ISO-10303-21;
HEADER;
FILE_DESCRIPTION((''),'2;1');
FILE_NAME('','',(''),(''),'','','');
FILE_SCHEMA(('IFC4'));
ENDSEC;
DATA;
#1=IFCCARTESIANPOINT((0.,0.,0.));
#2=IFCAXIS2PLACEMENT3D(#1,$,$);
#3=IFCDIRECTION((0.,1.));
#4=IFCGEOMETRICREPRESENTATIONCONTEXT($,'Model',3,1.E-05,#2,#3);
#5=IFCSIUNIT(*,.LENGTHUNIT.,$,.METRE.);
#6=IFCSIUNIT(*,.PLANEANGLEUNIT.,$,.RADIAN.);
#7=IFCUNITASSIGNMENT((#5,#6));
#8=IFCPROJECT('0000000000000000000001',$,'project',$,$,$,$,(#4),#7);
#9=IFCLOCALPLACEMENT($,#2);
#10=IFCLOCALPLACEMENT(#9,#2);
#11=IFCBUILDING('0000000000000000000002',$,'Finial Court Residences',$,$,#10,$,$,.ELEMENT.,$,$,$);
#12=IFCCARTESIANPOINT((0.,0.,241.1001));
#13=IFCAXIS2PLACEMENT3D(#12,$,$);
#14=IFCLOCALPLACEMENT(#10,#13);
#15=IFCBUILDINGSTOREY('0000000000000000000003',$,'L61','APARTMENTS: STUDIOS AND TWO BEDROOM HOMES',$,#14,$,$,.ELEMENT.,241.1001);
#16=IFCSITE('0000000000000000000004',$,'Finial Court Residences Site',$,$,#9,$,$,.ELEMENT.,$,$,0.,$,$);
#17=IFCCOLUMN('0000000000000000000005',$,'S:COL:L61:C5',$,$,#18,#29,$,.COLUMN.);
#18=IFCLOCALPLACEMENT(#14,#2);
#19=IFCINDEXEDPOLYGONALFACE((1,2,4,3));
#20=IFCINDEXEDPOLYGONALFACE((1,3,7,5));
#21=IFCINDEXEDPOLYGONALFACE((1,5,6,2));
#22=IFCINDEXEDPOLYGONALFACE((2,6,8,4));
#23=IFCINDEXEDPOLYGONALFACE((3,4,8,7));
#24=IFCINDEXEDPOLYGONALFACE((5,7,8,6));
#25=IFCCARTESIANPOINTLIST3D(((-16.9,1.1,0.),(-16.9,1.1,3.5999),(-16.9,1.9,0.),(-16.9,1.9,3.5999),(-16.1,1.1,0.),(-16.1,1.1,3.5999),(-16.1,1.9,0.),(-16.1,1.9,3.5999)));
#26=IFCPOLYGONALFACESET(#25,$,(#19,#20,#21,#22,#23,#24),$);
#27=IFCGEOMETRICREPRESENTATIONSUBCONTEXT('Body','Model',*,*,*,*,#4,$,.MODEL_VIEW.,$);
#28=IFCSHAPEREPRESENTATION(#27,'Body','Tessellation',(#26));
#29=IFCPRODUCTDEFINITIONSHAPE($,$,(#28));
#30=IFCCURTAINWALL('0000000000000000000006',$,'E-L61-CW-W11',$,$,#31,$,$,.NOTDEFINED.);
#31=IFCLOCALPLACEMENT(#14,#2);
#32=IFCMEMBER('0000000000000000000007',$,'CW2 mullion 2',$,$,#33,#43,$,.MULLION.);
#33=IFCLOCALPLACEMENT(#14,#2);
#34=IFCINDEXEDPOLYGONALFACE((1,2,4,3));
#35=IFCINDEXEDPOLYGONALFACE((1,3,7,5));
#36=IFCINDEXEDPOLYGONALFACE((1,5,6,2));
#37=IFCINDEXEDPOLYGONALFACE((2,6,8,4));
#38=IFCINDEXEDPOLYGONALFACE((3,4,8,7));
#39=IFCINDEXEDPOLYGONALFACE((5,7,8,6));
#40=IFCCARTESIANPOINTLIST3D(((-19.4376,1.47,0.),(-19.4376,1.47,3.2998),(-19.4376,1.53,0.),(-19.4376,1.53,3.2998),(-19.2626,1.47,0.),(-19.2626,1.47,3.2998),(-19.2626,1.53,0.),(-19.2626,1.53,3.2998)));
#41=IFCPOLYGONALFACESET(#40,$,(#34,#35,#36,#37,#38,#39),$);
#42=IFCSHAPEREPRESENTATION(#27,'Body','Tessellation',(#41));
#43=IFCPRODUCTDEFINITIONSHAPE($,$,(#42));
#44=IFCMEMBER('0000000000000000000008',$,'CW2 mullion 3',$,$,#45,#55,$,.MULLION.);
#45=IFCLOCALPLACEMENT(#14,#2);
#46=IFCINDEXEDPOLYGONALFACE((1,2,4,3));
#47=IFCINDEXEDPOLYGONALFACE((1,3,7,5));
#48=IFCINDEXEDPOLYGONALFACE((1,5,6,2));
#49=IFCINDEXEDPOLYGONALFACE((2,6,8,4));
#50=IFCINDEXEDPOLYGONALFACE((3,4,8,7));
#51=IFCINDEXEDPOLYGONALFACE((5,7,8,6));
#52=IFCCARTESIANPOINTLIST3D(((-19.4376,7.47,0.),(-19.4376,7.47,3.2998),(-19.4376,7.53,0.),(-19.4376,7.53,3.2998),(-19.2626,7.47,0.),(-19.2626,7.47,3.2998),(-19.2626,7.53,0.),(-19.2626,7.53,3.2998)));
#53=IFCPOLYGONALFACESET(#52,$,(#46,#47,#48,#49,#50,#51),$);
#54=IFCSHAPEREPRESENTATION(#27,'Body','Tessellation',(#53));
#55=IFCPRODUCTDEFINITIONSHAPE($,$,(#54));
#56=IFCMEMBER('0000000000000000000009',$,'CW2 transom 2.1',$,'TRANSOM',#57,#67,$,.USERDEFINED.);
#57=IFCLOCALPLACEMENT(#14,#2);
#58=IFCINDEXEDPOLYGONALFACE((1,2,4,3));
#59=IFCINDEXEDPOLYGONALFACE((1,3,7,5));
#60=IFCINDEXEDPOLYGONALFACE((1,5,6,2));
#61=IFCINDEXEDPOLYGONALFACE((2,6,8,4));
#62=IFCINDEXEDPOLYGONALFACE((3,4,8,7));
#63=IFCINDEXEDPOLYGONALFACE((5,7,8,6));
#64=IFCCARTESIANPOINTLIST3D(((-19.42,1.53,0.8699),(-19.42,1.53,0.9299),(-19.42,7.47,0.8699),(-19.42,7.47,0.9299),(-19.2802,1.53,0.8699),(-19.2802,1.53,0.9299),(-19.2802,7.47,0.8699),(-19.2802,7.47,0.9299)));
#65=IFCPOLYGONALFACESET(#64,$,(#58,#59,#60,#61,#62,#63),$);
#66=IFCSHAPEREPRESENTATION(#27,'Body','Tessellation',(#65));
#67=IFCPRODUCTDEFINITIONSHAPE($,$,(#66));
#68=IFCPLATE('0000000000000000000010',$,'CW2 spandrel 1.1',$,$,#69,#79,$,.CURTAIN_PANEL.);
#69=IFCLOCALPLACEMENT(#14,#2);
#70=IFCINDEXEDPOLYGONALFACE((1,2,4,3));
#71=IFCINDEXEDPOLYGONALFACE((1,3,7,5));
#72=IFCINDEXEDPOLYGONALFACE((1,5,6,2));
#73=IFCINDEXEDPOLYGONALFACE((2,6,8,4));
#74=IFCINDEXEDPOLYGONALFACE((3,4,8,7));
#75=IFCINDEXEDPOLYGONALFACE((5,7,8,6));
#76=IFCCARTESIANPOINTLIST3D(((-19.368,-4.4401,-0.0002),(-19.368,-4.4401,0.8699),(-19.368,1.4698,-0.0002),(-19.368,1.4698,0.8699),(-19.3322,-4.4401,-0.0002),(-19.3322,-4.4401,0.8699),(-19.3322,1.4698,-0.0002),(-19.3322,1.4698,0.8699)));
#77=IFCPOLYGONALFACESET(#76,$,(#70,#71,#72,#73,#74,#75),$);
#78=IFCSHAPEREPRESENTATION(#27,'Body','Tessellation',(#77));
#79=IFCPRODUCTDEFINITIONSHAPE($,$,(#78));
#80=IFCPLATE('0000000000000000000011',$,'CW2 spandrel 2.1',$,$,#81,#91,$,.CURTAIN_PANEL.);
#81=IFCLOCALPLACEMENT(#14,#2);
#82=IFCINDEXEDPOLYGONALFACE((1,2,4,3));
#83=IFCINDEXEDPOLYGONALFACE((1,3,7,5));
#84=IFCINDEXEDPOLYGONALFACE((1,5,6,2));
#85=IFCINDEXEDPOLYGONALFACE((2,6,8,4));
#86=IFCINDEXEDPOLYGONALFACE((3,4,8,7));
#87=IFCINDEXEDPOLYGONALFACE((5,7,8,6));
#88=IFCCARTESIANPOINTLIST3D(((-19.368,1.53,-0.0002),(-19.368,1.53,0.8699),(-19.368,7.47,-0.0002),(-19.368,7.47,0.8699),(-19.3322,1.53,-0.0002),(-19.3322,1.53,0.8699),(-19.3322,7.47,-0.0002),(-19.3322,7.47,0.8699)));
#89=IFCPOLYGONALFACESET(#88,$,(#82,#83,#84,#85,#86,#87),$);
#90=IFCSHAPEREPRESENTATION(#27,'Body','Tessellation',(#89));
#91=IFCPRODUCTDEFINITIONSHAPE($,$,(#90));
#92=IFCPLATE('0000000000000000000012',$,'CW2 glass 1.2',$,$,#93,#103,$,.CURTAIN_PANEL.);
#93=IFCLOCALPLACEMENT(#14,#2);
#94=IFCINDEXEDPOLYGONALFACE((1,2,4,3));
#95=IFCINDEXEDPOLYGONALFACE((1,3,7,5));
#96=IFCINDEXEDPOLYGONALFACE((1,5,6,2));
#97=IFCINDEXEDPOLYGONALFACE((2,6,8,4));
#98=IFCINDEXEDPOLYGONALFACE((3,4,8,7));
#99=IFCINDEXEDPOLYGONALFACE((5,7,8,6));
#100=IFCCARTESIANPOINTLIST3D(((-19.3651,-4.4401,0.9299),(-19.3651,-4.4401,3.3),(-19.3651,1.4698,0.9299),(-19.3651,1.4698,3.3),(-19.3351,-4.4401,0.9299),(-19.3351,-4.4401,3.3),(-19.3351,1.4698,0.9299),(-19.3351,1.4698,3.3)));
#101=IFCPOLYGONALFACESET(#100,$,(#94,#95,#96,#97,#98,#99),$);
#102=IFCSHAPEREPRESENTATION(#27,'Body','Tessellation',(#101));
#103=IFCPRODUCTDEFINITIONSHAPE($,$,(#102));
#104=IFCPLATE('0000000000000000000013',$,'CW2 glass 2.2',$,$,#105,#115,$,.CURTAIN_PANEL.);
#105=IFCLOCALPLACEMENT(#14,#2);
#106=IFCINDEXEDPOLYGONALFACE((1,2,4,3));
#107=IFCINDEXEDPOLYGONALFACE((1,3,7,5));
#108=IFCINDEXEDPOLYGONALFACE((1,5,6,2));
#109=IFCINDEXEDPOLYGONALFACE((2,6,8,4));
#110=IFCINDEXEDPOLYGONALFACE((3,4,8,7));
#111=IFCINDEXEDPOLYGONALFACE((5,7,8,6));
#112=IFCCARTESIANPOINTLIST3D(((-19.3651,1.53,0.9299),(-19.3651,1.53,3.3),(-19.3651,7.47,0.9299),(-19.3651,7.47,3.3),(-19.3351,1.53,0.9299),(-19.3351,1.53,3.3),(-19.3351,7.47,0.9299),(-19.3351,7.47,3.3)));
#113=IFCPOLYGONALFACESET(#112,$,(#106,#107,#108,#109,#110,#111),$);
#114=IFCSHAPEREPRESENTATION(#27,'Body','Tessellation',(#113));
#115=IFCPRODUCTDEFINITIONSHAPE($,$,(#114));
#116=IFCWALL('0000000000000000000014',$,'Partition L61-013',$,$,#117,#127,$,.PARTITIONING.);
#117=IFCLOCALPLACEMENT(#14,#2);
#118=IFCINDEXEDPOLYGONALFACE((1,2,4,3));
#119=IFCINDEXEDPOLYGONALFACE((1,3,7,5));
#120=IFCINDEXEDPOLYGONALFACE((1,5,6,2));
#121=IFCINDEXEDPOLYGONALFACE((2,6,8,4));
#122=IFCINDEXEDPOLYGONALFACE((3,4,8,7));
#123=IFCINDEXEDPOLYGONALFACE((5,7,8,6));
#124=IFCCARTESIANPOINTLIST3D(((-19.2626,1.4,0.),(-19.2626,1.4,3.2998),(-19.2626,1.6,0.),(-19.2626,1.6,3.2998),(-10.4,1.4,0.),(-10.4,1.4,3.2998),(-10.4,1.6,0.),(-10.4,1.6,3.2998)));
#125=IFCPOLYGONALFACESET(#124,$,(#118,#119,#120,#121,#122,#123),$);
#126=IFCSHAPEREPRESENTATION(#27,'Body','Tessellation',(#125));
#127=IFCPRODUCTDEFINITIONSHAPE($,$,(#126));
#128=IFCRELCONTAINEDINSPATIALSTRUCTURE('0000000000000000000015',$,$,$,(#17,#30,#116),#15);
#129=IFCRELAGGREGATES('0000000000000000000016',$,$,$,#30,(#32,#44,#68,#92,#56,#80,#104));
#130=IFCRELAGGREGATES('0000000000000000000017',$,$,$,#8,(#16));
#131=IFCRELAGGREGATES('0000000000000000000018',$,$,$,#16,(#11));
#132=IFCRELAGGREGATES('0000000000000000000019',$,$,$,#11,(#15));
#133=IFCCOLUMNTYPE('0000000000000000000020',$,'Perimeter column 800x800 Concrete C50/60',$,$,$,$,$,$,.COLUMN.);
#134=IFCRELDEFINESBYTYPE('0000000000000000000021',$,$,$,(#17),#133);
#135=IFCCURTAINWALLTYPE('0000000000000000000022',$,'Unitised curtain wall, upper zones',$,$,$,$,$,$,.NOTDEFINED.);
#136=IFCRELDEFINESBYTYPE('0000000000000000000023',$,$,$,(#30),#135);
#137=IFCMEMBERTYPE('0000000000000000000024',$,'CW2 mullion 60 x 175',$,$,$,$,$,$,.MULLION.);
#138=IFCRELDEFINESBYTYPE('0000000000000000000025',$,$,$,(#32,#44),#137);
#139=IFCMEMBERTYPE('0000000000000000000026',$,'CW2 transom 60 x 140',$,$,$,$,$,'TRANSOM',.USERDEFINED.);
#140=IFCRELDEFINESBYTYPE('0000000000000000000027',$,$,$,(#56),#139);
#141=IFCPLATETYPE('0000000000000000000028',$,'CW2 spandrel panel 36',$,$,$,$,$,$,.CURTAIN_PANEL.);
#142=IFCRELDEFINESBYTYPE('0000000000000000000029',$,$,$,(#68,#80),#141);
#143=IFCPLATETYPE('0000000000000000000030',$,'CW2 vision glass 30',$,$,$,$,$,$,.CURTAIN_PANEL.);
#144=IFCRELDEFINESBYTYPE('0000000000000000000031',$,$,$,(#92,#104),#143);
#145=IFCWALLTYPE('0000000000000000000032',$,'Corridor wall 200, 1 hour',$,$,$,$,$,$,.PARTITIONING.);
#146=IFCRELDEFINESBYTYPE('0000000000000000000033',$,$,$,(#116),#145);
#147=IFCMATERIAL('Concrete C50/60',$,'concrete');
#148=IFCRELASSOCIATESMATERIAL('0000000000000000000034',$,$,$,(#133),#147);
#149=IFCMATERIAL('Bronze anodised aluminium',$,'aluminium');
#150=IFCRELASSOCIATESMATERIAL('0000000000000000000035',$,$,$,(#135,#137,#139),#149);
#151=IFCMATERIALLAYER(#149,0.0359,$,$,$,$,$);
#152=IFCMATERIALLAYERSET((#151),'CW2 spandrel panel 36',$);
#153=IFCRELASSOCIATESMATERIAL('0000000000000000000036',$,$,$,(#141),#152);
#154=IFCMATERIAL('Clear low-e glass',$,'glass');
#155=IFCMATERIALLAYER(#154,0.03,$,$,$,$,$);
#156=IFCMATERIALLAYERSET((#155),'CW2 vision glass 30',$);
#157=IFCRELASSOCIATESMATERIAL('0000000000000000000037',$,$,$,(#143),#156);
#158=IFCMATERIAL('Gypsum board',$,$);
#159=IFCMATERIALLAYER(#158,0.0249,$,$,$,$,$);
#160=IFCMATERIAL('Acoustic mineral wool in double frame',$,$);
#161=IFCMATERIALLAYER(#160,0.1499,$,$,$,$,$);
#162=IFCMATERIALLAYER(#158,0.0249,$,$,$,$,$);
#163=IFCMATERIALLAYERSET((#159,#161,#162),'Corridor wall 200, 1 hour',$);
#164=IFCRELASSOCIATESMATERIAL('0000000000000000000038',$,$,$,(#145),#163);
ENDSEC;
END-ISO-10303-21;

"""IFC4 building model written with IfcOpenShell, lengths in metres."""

from ifc_helpers import new_model, si_unit, direction, frame, frame_2d, origin, origin_2d, place, context, subcontext, project, spatial, rectangle, extrude, material, layer, layer_set, material_profile, profile_set, type_object, element, aggregate, save


model = new_model("IFC4")

# Units and contexts
model_context = context("Model", 3, precision=1e-05, world=origin(), true_north=direction((0.0, 1.0)))
body_context = subcontext(model_context, "Body", "Model", "MODEL_VIEW")
ifc_project = project(units=[si_unit("LENGTHUNIT", "METRE"), si_unit("PLANEANGLEUNIT", "RADIAN")], contexts=[model_context])

# Site, building, storey
site_placement = place(None, origin())
site = spatial("IfcSite", under=ifc_project, at=site_placement, Name="Finial Court Residences Site", CompositionType="ELEMENT", RefElevation=0.0)
building_placement = place(site_placement, origin())
building = spatial("IfcBuilding", under=site, at=building_placement, Name="Finial Court Residences", CompositionType="ELEMENT")
storey_placement = place(building_placement, frame((0.0, 0.0, 241.1001)))
storey = spatial("IfcBuildingStorey", under=building, at=storey_placement, Name="L61", Description="APARTMENTS: STUDIOS AND TWO BEDROOM HOMES", CompositionType="ELEMENT", Elevation=241.1001)

# Column
ifc_material_1 = material(Name="Concrete C50/60", Category="concrete")
ifc_material_profile_1 = material_profile(ifc_material_1, rectangle(XDim=0.8, YDim=0.8, at=origin_2d()), Name="800x800")
ifc_profile_set_1 = profile_set([ifc_material_profile_1], Name="Concrete C50/60")
column_type = type_object("IfcColumnType", Name="Perimeter column 800x800 Concrete C50/60", PredefinedType="COLUMN", material=ifc_profile_set_1)
column_placement = place(storey_placement, frame((-16.5, 1.5, 0.0), z_axis=(0.0, 0.0, 1.0), x_axis=(1.0, 0.0, 0.0)))
element("IfcColumn", 1, at=column_placement, inside=storey, type_object=column_type, Name="S:COL:L61:C5", PredefinedType="COLUMN", context=body_context, shape_type="SweptSolid", body=[
    extrude(rectangle(XDim=0.8, YDim=0.8, at=origin_2d()), origin(), (0.0, 0.0, 1.0), 3.5999),
])

# Curtain wall, members, plates
ifc_material_2 = material(Name="Bronze anodised aluminium", Category="aluminium")
curtain_wall_type = type_object("IfcCurtainWallType", Name="Unitised curtain wall, upper zones", PredefinedType="NOTDEFINED", material=ifc_material_2)
curtain_wall_placement = place(storey_placement, origin())
curtain_wall = element("IfcCurtainWall", 2, at=curtain_wall_placement, inside=storey, type_object=curtain_wall_type, Name="E-L61-CW-W11", PredefinedType="NOTDEFINED")
ifc_material_profile_2 = material_profile(ifc_material_2, rectangle(XDim=0.175, YDim=0.0601, at=origin_2d()), Name="CW2 mullion 60 x 175")
ifc_profile_set_2 = profile_set([ifc_material_profile_2], Name="Bronze anodised aluminium")
member_type_1 = type_object("IfcMemberType", Name="CW2 mullion 60 x 175", PredefinedType="MULLION", material=ifc_profile_set_2)
member_1_placement = place(storey_placement, frame((-19.3501, 1.5, 0.0), z_axis=(0.0, 0.0, 1.0), x_axis=(-1.0, 0.0, 0.0)))
member_1 = element("IfcMember", 3, at=member_1_placement, type_object=member_type_1, Name="CW2 mullion 2", PredefinedType="MULLION", context=body_context, shape_type="SweptSolid", body=[
    extrude(rectangle(XDim=0.175, YDim=0.0601, at=origin_2d()), origin(), (0.0, 0.0, 1.0), 3.2998),
])
member_2_placement = place(storey_placement, frame((-19.3501, 7.5, 0.0), z_axis=(0.0, 0.0, 1.0), x_axis=(-1.0, 0.0, 0.0)))
member_2 = element("IfcMember", 4, at=member_2_placement, type_object=member_type_1, Name="CW2 mullion 3", PredefinedType="MULLION", context=body_context, shape_type="SweptSolid", body=[
    extrude(rectangle(XDim=0.175, YDim=0.0601, at=origin_2d()), origin(), (0.0, 0.0, 1.0), 3.2998),
])
ifc_material_profile_3 = material_profile(ifc_material_2, rectangle(XDim=0.1399, YDim=0.0601, at=origin_2d()), Name="CW2 transom 60 x 140")
ifc_profile_set_3 = profile_set([ifc_material_profile_3], Name="Bronze anodised aluminium")
member_type_2 = type_object("IfcMemberType", Name="CW2 transom 60 x 140", ElementType="TRANSOM", PredefinedType="USERDEFINED", material=ifc_profile_set_3)
member_3_placement = place(storey_placement, frame((-19.3501, 1.53, 0.8999), z_axis=(0.0, 1.0, 0.0), x_axis=(-1.0, 0.0, 0.0)))
member_3 = element("IfcMember", 5, at=member_3_placement, type_object=member_type_2, Name="CW2 transom 2.1", ObjectType="TRANSOM", PredefinedType="USERDEFINED", context=body_context, shape_type="SweptSolid", body=[
    extrude(rectangle(XDim=0.1399, YDim=0.0601, at=origin_2d()), origin(), (0.0, 0.0, 1.0), 5.9399),
])
ifc_layer_1 = layer(ifc_material_2, 0.0359)
ifc_layer_set_1 = layer_set([ifc_layer_1], Name="CW2 spandrel panel 36")
plate_type_1 = type_object("IfcPlateType", Name="CW2 spandrel panel 36", PredefinedType="CURTAIN_PANEL", material=ifc_layer_set_1)
plate_1_placement = place(storey_placement, frame((-19.3501, -1.4851, -0.0002), z_axis=(0.0, 0.0, 1.0), x_axis=(0.0, 1.0, 0.0)))
plate_1 = element("IfcPlate", 6, at=plate_1_placement, type_object=plate_type_1, Name="CW2 spandrel 1.1", PredefinedType="CURTAIN_PANEL", context=body_context, shape_type="SweptSolid", body=[
    extrude(rectangle(XDim=5.9099, YDim=0.0359, at=origin_2d()), origin(), (0.0, 0.0, 1.0), 0.8701),
])
plate_2_placement = place(storey_placement, frame((-19.3501, 4.5, -0.0002), z_axis=(0.0, 0.0, 1.0), x_axis=(0.0, 1.0, 0.0)))
plate_2 = element("IfcPlate", 7, at=plate_2_placement, type_object=plate_type_1, Name="CW2 spandrel 2.1", PredefinedType="CURTAIN_PANEL", context=body_context, shape_type="SweptSolid", body=[
    extrude(rectangle(XDim=5.9399, YDim=0.0359, at=origin_2d()), origin(), (0.0, 0.0, 1.0), 0.8701),
])
ifc_material_3 = material(Name="Clear low-e glass", Category="glass")
ifc_layer_2 = layer(ifc_material_3, 0.03)
ifc_layer_set_2 = layer_set([ifc_layer_2], Name="CW2 vision glass 30")
plate_type_2 = type_object("IfcPlateType", Name="CW2 vision glass 30", PredefinedType="CURTAIN_PANEL", material=ifc_layer_set_2)
plate_3_placement = place(storey_placement, frame((-19.3501, -1.4851, 0.9299), z_axis=(0.0, 0.0, 1.0), x_axis=(0.0, 1.0, 0.0)))
plate_3 = element("IfcPlate", 8, at=plate_3_placement, type_object=plate_type_2, Name="CW2 glass 1.2", PredefinedType="CURTAIN_PANEL", context=body_context, shape_type="SweptSolid", body=[
    extrude(rectangle(XDim=5.9099, YDim=0.03, at=origin_2d()), origin(), (0.0, 0.0, 1.0), 2.3701),
])
plate_4_placement = place(storey_placement, frame((-19.3501, 4.5, 0.9299), z_axis=(0.0, 0.0, 1.0), x_axis=(0.0, 1.0, 0.0)))
plate_4 = element("IfcPlate", 9, at=plate_4_placement, type_object=plate_type_2, Name="CW2 glass 2.2", PredefinedType="CURTAIN_PANEL", context=body_context, shape_type="SweptSolid", body=[
    extrude(rectangle(XDim=5.9399, YDim=0.03, at=origin_2d()), origin(), (0.0, 0.0, 1.0), 2.3701),
])
aggregate(curtain_wall, [member_1, member_2, plate_1, plate_3, member_3, plate_2, plate_4])

# Wall
ifc_material_4 = material(Name="Gypsum board")
ifc_layer_3 = layer(ifc_material_4, 0.0249)
ifc_material_5 = material(Name="Acoustic mineral wool in double frame")
ifc_layer_4 = layer(ifc_material_5, 0.1499)
ifc_layer_5 = layer(ifc_material_4, 0.0249)
ifc_layer_set_3 = layer_set([ifc_layer_3, ifc_layer_4, ifc_layer_5], Name="Corridor wall 200, 1 hour")
wall_type_1 = type_object("IfcWallType", Name="Corridor wall 200, 1 hour", PredefinedType="PARTITIONING", material=ifc_layer_set_3)
wall_1_placement = place(storey_placement, frame((-19.2625, 1.5, 0.0), z_axis=(0.0, 0.0, 1.0), x_axis=(1.0, 0.0, 0.0)))
element("IfcWall", 10, at=wall_1_placement, inside=storey, type_object=wall_type_1, Name="Partition L61-013", PredefinedType="PARTITIONING", context=body_context, shape_type="SweptSolid", body=[
    extrude(rectangle(XDim=8.8625, YDim=0.2, at=frame_2d((4.4312, 0.0))), origin(), (0.0, 0.0, 1.0), 3.2998),
])

save(model, "model.ifc")
